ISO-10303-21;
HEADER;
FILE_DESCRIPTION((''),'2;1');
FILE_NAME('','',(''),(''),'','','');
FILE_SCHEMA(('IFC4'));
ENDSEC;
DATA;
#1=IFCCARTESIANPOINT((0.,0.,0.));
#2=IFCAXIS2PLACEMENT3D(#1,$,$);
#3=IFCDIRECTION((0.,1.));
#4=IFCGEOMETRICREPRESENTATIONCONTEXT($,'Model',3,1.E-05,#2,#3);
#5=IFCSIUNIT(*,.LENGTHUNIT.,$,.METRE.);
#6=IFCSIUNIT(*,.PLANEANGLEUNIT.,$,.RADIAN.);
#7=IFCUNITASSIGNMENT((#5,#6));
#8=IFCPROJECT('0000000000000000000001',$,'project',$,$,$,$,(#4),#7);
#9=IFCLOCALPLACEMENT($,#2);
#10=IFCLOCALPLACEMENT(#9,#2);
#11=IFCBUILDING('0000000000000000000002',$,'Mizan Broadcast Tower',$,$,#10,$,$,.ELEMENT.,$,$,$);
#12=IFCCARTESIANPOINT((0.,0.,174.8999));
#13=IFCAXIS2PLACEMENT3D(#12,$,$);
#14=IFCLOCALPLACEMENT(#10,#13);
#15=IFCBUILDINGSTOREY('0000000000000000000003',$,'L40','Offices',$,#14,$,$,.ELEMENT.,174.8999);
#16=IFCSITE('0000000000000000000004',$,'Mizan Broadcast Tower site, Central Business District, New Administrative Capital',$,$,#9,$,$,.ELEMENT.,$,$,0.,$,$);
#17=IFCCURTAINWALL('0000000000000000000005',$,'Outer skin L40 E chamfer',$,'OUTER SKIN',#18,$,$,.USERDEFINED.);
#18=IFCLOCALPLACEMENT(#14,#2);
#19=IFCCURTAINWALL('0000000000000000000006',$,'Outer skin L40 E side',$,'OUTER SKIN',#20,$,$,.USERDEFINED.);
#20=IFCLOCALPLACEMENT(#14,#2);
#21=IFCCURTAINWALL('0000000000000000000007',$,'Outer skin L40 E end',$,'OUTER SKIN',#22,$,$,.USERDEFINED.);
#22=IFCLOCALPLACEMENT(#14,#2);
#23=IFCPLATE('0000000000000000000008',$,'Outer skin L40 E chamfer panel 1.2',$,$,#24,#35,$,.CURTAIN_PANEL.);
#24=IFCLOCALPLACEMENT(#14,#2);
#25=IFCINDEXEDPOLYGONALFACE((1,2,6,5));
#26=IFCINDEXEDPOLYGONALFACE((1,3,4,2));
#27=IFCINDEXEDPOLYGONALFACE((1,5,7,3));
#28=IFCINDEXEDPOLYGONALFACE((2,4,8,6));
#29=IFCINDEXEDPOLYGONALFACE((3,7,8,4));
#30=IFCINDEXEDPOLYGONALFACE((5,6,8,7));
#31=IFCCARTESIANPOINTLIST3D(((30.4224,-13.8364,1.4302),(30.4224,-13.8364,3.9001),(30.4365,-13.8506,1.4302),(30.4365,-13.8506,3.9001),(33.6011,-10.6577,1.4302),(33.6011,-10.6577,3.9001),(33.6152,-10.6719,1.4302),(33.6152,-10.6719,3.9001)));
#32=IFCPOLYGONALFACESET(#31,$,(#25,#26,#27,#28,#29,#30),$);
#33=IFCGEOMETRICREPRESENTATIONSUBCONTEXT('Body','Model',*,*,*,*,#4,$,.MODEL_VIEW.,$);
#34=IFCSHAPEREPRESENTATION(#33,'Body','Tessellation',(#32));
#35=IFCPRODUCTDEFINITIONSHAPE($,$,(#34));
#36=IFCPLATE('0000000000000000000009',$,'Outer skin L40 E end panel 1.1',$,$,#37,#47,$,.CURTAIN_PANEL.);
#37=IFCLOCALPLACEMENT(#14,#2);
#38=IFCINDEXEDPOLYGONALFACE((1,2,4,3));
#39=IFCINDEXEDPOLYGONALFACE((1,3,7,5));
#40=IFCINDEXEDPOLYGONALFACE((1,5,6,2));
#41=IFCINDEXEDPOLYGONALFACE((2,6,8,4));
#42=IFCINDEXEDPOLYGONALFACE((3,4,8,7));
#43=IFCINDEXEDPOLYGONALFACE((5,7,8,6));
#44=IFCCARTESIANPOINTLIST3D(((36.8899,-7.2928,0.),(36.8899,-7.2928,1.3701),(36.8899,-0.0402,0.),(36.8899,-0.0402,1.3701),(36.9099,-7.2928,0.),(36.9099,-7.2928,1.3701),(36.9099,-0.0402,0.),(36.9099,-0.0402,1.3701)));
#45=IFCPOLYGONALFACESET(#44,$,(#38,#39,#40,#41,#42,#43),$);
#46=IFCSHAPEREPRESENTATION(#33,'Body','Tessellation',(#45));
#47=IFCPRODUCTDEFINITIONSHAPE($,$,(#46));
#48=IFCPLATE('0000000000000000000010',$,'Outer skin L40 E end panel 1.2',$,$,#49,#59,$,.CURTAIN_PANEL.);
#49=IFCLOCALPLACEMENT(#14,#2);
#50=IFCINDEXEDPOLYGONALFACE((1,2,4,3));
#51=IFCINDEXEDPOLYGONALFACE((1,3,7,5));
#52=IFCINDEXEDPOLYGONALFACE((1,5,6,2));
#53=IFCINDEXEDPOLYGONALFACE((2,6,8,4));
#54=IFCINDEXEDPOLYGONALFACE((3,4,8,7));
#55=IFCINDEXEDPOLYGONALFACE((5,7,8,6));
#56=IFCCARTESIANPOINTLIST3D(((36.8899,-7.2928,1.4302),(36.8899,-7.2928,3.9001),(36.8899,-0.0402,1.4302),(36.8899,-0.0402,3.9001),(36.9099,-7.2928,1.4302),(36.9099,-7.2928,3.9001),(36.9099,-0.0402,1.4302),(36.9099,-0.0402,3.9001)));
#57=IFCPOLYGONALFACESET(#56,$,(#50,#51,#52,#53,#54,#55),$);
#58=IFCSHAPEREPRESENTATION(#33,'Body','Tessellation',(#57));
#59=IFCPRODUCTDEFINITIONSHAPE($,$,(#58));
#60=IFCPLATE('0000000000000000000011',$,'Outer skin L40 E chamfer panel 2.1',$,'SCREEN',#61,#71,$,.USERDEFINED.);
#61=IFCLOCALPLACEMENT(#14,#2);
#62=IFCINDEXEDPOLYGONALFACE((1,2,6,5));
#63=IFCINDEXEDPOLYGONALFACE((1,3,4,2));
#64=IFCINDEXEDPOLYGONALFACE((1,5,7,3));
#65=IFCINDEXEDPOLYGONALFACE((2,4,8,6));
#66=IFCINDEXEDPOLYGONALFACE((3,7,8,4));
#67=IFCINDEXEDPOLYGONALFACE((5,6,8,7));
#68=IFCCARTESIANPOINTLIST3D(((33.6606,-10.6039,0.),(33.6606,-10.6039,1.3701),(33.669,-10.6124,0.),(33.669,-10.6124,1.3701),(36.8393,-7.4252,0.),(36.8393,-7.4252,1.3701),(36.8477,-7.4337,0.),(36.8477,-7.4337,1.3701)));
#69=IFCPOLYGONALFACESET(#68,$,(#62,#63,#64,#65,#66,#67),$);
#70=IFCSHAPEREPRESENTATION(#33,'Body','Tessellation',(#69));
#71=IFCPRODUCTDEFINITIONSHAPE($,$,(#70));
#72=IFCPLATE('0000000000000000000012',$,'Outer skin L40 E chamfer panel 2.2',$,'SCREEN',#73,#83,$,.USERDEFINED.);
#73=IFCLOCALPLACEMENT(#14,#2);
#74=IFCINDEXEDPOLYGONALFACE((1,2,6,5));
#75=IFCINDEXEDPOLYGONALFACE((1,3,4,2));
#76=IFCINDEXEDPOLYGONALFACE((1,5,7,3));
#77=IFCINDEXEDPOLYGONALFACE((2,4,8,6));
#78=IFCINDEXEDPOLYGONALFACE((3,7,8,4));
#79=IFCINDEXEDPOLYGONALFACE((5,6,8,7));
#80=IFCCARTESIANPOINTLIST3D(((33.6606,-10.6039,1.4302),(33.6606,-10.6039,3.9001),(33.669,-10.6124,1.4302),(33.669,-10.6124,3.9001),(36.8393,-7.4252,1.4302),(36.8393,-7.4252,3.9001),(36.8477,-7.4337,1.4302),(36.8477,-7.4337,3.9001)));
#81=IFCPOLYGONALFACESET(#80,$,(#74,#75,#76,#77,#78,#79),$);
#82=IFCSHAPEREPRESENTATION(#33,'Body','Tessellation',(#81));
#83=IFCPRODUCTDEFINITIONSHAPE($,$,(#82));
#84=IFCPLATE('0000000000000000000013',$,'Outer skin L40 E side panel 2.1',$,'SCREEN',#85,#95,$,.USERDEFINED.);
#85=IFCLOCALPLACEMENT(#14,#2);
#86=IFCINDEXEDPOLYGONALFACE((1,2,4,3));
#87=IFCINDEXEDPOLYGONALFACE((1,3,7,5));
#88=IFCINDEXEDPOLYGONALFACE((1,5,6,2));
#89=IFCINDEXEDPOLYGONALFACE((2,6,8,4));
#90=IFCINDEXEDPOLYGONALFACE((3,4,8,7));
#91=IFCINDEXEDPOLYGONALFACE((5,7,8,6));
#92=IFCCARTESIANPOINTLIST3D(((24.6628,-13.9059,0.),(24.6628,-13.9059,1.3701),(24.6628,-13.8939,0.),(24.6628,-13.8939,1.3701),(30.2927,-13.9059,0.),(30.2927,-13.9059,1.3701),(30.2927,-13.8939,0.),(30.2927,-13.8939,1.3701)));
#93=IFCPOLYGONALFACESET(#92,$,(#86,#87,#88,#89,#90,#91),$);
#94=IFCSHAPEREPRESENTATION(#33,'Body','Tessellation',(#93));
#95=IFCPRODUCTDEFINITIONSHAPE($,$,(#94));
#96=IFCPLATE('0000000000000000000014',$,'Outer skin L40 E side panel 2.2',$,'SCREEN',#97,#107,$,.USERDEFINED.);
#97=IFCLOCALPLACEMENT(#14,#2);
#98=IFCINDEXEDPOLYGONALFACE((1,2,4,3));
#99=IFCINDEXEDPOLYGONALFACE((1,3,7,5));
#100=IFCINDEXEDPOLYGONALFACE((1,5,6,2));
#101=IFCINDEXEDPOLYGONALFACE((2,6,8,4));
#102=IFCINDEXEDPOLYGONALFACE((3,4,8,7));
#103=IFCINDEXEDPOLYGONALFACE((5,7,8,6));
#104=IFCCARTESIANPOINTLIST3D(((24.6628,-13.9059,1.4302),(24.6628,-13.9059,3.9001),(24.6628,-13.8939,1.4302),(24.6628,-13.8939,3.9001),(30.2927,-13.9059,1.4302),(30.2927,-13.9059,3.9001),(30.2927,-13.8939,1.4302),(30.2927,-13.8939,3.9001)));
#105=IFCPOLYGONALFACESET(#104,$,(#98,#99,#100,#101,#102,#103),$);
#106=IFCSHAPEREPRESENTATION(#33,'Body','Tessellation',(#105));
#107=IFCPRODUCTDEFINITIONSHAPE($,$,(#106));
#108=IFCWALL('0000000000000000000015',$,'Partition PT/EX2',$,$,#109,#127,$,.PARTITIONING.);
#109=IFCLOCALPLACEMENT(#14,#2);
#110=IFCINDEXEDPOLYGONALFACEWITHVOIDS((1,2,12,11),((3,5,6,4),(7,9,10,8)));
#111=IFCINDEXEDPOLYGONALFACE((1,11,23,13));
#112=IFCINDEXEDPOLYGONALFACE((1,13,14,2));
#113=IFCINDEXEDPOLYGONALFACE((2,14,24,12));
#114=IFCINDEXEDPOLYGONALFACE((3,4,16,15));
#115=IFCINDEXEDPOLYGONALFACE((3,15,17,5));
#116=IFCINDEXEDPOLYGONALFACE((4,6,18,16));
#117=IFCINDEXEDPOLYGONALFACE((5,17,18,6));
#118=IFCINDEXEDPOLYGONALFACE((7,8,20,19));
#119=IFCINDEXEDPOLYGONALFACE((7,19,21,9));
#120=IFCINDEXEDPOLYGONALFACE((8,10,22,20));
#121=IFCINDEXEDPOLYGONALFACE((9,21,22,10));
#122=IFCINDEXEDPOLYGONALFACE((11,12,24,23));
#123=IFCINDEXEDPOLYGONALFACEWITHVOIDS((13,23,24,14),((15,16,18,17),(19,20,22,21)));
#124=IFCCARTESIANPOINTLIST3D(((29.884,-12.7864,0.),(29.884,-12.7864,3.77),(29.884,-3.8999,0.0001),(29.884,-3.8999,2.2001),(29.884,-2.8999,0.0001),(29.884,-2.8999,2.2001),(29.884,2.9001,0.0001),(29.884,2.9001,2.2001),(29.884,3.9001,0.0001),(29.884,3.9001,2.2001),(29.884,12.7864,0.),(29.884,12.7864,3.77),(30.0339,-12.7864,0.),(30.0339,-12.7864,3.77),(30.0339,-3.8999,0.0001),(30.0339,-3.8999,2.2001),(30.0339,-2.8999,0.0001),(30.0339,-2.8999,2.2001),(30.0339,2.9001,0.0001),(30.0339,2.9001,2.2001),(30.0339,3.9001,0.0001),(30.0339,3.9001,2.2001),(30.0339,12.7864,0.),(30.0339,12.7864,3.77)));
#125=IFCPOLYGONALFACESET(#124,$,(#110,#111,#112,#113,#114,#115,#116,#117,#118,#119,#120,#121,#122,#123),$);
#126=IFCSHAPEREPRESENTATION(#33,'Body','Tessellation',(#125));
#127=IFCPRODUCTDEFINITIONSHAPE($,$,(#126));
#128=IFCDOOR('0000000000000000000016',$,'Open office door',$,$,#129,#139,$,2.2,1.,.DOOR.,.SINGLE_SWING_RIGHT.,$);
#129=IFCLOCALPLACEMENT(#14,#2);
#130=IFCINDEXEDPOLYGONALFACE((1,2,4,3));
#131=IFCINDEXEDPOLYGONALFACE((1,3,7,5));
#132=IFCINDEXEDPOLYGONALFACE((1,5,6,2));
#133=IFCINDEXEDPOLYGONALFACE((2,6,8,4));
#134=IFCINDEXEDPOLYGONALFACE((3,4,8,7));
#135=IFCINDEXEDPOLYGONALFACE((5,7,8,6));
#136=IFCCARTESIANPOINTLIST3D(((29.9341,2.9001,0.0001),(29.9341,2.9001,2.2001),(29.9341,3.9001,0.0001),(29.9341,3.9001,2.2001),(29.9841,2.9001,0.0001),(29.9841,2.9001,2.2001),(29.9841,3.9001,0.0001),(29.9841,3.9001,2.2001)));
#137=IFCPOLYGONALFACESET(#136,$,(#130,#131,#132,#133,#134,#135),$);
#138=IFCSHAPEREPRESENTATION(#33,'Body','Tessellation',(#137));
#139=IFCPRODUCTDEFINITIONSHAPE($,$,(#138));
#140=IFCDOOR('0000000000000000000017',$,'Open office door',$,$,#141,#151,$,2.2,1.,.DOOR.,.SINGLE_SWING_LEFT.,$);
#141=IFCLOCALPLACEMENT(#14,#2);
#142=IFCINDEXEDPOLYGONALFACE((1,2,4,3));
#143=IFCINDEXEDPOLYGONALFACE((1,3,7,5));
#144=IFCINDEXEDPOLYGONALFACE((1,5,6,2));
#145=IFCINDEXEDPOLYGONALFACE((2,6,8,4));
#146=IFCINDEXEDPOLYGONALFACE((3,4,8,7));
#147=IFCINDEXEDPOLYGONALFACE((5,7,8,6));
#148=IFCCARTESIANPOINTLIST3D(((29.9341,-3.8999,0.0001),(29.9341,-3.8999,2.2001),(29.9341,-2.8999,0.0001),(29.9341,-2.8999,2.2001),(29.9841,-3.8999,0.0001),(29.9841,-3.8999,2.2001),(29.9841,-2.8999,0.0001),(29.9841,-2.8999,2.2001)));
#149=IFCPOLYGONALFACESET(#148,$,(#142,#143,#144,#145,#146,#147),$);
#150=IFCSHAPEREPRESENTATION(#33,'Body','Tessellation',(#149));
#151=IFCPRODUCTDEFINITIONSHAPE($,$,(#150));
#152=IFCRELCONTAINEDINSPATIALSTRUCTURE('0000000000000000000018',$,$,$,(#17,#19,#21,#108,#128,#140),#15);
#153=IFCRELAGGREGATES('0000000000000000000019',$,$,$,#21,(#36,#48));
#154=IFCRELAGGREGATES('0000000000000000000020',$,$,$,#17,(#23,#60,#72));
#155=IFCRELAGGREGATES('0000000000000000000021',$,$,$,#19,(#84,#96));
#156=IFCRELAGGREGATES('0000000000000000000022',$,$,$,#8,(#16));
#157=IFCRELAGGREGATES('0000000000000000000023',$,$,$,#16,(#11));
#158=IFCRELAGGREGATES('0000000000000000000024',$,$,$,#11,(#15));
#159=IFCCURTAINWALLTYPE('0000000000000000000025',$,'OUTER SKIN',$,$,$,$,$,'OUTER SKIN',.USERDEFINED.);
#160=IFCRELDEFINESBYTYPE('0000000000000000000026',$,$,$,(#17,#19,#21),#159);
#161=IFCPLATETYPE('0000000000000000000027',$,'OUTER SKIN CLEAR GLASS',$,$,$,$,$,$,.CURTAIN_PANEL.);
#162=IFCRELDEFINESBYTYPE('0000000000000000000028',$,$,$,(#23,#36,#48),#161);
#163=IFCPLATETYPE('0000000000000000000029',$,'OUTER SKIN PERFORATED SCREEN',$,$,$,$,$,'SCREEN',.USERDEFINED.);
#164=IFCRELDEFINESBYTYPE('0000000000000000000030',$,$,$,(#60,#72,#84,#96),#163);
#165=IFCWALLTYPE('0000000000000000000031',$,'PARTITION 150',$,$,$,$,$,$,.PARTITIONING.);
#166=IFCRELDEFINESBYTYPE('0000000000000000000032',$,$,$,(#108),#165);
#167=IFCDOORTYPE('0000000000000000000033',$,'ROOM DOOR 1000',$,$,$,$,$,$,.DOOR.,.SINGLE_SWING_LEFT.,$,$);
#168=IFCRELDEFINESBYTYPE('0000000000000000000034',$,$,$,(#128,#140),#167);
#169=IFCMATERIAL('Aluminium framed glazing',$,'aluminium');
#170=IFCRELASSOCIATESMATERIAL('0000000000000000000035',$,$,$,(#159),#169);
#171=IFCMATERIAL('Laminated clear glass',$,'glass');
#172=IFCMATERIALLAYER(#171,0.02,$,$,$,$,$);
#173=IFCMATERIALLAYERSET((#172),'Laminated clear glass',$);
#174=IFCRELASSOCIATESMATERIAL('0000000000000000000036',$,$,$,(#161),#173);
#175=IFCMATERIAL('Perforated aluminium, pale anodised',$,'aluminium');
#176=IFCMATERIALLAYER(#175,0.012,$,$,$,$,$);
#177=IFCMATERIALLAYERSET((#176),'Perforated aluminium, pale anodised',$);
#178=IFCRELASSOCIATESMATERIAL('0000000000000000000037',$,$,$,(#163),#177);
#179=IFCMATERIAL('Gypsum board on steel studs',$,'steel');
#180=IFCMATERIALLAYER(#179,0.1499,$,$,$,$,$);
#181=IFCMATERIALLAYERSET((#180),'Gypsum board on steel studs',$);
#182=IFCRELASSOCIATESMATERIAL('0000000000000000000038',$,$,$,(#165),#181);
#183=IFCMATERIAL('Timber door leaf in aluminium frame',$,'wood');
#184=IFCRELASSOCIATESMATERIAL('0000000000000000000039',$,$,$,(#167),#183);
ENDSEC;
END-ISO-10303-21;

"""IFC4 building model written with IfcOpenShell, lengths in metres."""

from ifc_helpers import new_model, si_unit, direction, frame, frame_2d, origin, origin_2d, place, context, subcontext, project, spatial, rectangle, extrude, material, layer, layer_set, type_object, element, fill, aggregate, save


model = new_model("IFC4")

# Units and contexts
model_context = context("Model", 3, precision=1e-05, world=origin(), true_north=direction((0.0, 1.0)))
body_context = subcontext(model_context, "Body", "Model", "MODEL_VIEW")
ifc_project = project(units=[si_unit("LENGTHUNIT", "METRE"), si_unit("PLANEANGLEUNIT", "RADIAN")], contexts=[model_context])

# Site, building, storey
site_placement = place(None, origin())
site = spatial("IfcSite", under=ifc_project, at=site_placement, Name="Mizan Broadcast Tower site, Central Business District, New Administrative Capital", CompositionType="ELEMENT", RefElevation=0.0)
building_placement = place(site_placement, origin())
building = spatial("IfcBuilding", under=site, at=building_placement, Name="Mizan Broadcast Tower", CompositionType="ELEMENT")
storey_placement = place(building_placement, frame((0.0, 0.0, 174.8999)))
storey = spatial("IfcBuildingStorey", under=building, at=storey_placement, Name="L40", Description="Offices", CompositionType="ELEMENT", Elevation=174.8999)

# Curtain wall
ifc_material_1 = material(Name="Aluminium framed glazing", Category="aluminium")
curtain_wall_type_1 = type_object("IfcCurtainWallType", Name="OUTER SKIN", ElementType="OUTER SKIN", PredefinedType="USERDEFINED", material=ifc_material_1)
curtain_wall_1_placement = place(storey_placement, origin())
curtain_wall_1 = element("IfcCurtainWall", 1, at=curtain_wall_1_placement, inside=storey, type_object=curtain_wall_type_1, Name="Outer skin L40 E chamfer", ObjectType="OUTER SKIN", PredefinedType="USERDEFINED")

# Curtain wall
curtain_wall_2_placement = place(storey_placement, origin())
curtain_wall_2 = element("IfcCurtainWall", 2, at=curtain_wall_2_placement, inside=storey, type_object=curtain_wall_type_1, Name="Outer skin L40 E side", ObjectType="OUTER SKIN", PredefinedType="USERDEFINED")

# Curtain wall
curtain_wall_3_placement = place(storey_placement, origin())
curtain_wall_3 = element("IfcCurtainWall", 3, at=curtain_wall_3_placement, inside=storey, type_object=curtain_wall_type_1, Name="Outer skin L40 E end", ObjectType="OUTER SKIN", PredefinedType="USERDEFINED")

# Plates
ifc_material_2 = material(Name="Laminated clear glass", Category="glass")
ifc_layer_1 = layer(ifc_material_2, 0.02)
ifc_layer_set_1 = layer_set([ifc_layer_1], Name="Laminated clear glass")
plate_type_1 = type_object("IfcPlateType", Name="OUTER SKIN CLEAR GLASS", PredefinedType="CURTAIN_PANEL", material=ifc_layer_set_1)
plate_1_placement = place(storey_placement, frame((32.0188, -12.2542, 1.4302), z_axis=(0.0, 0.0, 1.0), x_axis=(0.707107, 0.707107, 0.0)))
plate_1 = element("IfcPlate", 4, at=plate_1_placement, type_object=plate_type_1, Name="Outer skin L40 E chamfer panel 1.2", PredefinedType="CURTAIN_PANEL", context=body_context, shape_type="SweptSolid", body=[
    extrude(rectangle(XDim=4.4954, YDim=0.02, at=origin_2d()), origin(), (0.0, 0.0, 1.0), 2.47),
])
plate_2_placement = place(storey_placement, frame((36.8999, -3.6665, 0.0), z_axis=(0.0, 0.0, 1.0), x_axis=(0.0, 1.0, 0.0)))
plate_2 = element("IfcPlate", 5, at=plate_2_placement, type_object=plate_type_1, Name="Outer skin L40 E end panel 1.1", PredefinedType="CURTAIN_PANEL", context=body_context, shape_type="SweptSolid", body=[
    extrude(rectangle(XDim=7.2527, YDim=0.02, at=origin_2d()), origin(), (0.0, 0.0, 1.0), 1.3701),
])
plate_3_placement = place(storey_placement, frame((36.8999, -3.6665, 1.4302), z_axis=(0.0, 0.0, 1.0), x_axis=(0.0, 1.0, 0.0)))
plate_3 = element("IfcPlate", 6, at=plate_3_placement, type_object=plate_type_1, Name="Outer skin L40 E end panel 1.2", PredefinedType="CURTAIN_PANEL", context=body_context, shape_type="SweptSolid", body=[
    extrude(rectangle(XDim=7.2527, YDim=0.02, at=origin_2d()), origin(), (0.0, 0.0, 1.0), 2.47),
])
aggregate(curtain_wall_3, [plate_2, plate_3])
ifc_material_3 = material(Name="Perforated aluminium, pale anodised", Category="aluminium")
ifc_layer_2 = layer(ifc_material_3, 0.012)
ifc_layer_set_2 = layer_set([ifc_layer_2], Name="Perforated aluminium, pale anodised")
plate_type_2 = type_object("IfcPlateType", Name="OUTER SKIN PERFORATED SCREEN", ElementType="SCREEN", PredefinedType="USERDEFINED", material=ifc_layer_set_2)
plate_4_placement = place(storey_placement, frame((35.2542, -9.0188, 0.0), z_axis=(0.0, 0.0, 1.0), x_axis=(0.707107, 0.707107, 0.0)))
plate_4 = element("IfcPlate", 7, at=plate_4_placement, type_object=plate_type_2, Name="Outer skin L40 E chamfer panel 2.1", ObjectType="SCREEN", PredefinedType="USERDEFINED", context=body_context, shape_type="SweptSolid", body=[
    extrude(rectangle(XDim=4.4954, YDim=0.012, at=origin_2d()), origin(), (0.0, 0.0, 1.0), 1.3701),
])
plate_5_placement = place(storey_placement, frame((35.2542, -9.0188, 1.4302), z_axis=(0.0, 0.0, 1.0), x_axis=(0.707107, 0.707107, 0.0)))
plate_5 = element("IfcPlate", 8, at=plate_5_placement, type_object=plate_type_2, Name="Outer skin L40 E chamfer panel 2.2", ObjectType="SCREEN", PredefinedType="USERDEFINED", context=body_context, shape_type="SweptSolid", body=[
    extrude(rectangle(XDim=4.4954, YDim=0.012, at=origin_2d()), origin(), (0.0, 0.0, 1.0), 2.47),
])
aggregate(curtain_wall_1, [plate_1, plate_4, plate_5])
plate_6_placement = place(storey_placement, frame((27.4778, -13.8999, 0.0), z_axis=(0.0, 0.0, 1.0), x_axis=(1.0, 0.0, 0.0)))
plate_6 = element("IfcPlate", 9, at=plate_6_placement, type_object=plate_type_2, Name="Outer skin L40 E side panel 2.1", ObjectType="SCREEN", PredefinedType="USERDEFINED", context=body_context, shape_type="SweptSolid", body=[
    extrude(rectangle(XDim=5.6299, YDim=0.012, at=origin_2d()), origin(), (0.0, 0.0, 1.0), 1.3701),
])
plate_7_placement = place(storey_placement, frame((27.4778, -13.8999, 1.4302), z_axis=(0.0, 0.0, 1.0), x_axis=(1.0, 0.0, 0.0)))
plate_7 = element("IfcPlate", 10, at=plate_7_placement, type_object=plate_type_2, Name="Outer skin L40 E side panel 2.2", ObjectType="SCREEN", PredefinedType="USERDEFINED", context=body_context, shape_type="SweptSolid", body=[
    extrude(rectangle(XDim=5.6299, YDim=0.012, at=origin_2d()), origin(), (0.0, 0.0, 1.0), 2.47),
])
aggregate(curtain_wall_2, [plate_6, plate_7])

# Wall, openings, doors
ifc_material_4 = material(Name="Gypsum board on steel studs", Category="steel")
ifc_layer_3 = layer(ifc_material_4, 0.1499)
ifc_layer_set_3 = layer_set([ifc_layer_3], Name="Gypsum board on steel studs")
wall_type = type_object("IfcWallType", Name="PARTITION 150", PredefinedType="PARTITIONING", material=ifc_layer_set_3)
wall_placement = place(storey_placement, frame((29.959, -12.7864, 0.0), z_axis=(0.0, 0.0, 1.0), x_axis=(0.0, 1.0, 0.0)))
wall = element("IfcWall", 11, at=wall_placement, inside=storey, type_object=wall_type, Name="Partition PT/EX2", PredefinedType="PARTITIONING", context=body_context, shape_type="SweptSolid", body=[
    extrude(rectangle(XDim=25.5728, YDim=0.1499, at=frame_2d((12.7864, 0.0))), origin(), (0.0, 0.0, 1.0), 3.77),
])
opening_1_placement = place(wall_placement, frame((15.6865, 0.0, 0.0)))
opening_1 = element("IfcOpeningElement", 12, at=opening_1_placement, cuts=wall, PredefinedType="OPENING", context=body_context, shape_type="SweptSolid", body=[
    extrude(rectangle(XDim=1.0, YDim=2.2, at=frame_2d((0.5, 1.1001))), frame((0.0, 0.085, 0.0), z_axis=(0.0, -1.0, 0.0), x_axis=(1.0, 0.0, 0.0)), (0.0, 0.0, 1.0), 0.1699),
])
opening_2_placement = place(wall_placement, frame((8.8865, 0.0, 0.0)))
opening_2 = element("IfcOpeningElement", 13, at=opening_2_placement, cuts=wall, PredefinedType="OPENING", context=body_context, shape_type="SweptSolid", body=[
    extrude(rectangle(XDim=1.0, YDim=2.2, at=frame_2d((0.5, 1.1001))), frame((0.0, 0.085, 0.0), z_axis=(0.0, -1.0, 0.0), x_axis=(1.0, 0.0, 0.0)), (0.0, 0.0, 1.0), 0.1699),
])
ifc_material_5 = material(Name="Timber door leaf in aluminium frame", Category="wood")
door_type = type_object("IfcDoorType", Name="ROOM DOOR 1000", OperationType="SINGLE_SWING_LEFT", PredefinedType="DOOR", material=ifc_material_5)
door_1_placement = place(opening_1_placement, origin())
door_1 = element("IfcDoor", 14, at=door_1_placement, inside=storey, type_object=door_type, Name="Open office door", OperationType="SINGLE_SWING_RIGHT", OverallHeight=2.2, OverallWidth=1.0, PredefinedType="DOOR", context=body_context, shape_type="SweptSolid", body=[
    extrude(rectangle(XDim=1.0, YDim=2.2, at=frame_2d((0.5, 1.1001))), frame((0.0, 0.0249, 0.0), z_axis=(0.0, -1.0, 0.0), x_axis=(1.0, 0.0, 0.0)), (0.0, 0.0, 1.0), 0.05),
])
fill(opening_1, door_1)
door_2_placement = place(opening_2_placement, origin())
door_2 = element("IfcDoor", 15, at=door_2_placement, inside=storey, type_object=door_type, Name="Open office door", OperationType="SINGLE_SWING_LEFT", OverallHeight=2.2, OverallWidth=1.0, PredefinedType="DOOR", context=body_context, shape_type="SweptSolid", body=[
    extrude(rectangle(XDim=1.0, YDim=2.2, at=frame_2d((0.5, 1.1001))), frame((0.0, 0.0249, 0.0), z_axis=(0.0, -1.0, 0.0), x_axis=(1.0, 0.0, 0.0)), (0.0, 0.0, 1.0), 0.05),
])
fill(opening_2, door_2)

save(model, "model.ifc")
